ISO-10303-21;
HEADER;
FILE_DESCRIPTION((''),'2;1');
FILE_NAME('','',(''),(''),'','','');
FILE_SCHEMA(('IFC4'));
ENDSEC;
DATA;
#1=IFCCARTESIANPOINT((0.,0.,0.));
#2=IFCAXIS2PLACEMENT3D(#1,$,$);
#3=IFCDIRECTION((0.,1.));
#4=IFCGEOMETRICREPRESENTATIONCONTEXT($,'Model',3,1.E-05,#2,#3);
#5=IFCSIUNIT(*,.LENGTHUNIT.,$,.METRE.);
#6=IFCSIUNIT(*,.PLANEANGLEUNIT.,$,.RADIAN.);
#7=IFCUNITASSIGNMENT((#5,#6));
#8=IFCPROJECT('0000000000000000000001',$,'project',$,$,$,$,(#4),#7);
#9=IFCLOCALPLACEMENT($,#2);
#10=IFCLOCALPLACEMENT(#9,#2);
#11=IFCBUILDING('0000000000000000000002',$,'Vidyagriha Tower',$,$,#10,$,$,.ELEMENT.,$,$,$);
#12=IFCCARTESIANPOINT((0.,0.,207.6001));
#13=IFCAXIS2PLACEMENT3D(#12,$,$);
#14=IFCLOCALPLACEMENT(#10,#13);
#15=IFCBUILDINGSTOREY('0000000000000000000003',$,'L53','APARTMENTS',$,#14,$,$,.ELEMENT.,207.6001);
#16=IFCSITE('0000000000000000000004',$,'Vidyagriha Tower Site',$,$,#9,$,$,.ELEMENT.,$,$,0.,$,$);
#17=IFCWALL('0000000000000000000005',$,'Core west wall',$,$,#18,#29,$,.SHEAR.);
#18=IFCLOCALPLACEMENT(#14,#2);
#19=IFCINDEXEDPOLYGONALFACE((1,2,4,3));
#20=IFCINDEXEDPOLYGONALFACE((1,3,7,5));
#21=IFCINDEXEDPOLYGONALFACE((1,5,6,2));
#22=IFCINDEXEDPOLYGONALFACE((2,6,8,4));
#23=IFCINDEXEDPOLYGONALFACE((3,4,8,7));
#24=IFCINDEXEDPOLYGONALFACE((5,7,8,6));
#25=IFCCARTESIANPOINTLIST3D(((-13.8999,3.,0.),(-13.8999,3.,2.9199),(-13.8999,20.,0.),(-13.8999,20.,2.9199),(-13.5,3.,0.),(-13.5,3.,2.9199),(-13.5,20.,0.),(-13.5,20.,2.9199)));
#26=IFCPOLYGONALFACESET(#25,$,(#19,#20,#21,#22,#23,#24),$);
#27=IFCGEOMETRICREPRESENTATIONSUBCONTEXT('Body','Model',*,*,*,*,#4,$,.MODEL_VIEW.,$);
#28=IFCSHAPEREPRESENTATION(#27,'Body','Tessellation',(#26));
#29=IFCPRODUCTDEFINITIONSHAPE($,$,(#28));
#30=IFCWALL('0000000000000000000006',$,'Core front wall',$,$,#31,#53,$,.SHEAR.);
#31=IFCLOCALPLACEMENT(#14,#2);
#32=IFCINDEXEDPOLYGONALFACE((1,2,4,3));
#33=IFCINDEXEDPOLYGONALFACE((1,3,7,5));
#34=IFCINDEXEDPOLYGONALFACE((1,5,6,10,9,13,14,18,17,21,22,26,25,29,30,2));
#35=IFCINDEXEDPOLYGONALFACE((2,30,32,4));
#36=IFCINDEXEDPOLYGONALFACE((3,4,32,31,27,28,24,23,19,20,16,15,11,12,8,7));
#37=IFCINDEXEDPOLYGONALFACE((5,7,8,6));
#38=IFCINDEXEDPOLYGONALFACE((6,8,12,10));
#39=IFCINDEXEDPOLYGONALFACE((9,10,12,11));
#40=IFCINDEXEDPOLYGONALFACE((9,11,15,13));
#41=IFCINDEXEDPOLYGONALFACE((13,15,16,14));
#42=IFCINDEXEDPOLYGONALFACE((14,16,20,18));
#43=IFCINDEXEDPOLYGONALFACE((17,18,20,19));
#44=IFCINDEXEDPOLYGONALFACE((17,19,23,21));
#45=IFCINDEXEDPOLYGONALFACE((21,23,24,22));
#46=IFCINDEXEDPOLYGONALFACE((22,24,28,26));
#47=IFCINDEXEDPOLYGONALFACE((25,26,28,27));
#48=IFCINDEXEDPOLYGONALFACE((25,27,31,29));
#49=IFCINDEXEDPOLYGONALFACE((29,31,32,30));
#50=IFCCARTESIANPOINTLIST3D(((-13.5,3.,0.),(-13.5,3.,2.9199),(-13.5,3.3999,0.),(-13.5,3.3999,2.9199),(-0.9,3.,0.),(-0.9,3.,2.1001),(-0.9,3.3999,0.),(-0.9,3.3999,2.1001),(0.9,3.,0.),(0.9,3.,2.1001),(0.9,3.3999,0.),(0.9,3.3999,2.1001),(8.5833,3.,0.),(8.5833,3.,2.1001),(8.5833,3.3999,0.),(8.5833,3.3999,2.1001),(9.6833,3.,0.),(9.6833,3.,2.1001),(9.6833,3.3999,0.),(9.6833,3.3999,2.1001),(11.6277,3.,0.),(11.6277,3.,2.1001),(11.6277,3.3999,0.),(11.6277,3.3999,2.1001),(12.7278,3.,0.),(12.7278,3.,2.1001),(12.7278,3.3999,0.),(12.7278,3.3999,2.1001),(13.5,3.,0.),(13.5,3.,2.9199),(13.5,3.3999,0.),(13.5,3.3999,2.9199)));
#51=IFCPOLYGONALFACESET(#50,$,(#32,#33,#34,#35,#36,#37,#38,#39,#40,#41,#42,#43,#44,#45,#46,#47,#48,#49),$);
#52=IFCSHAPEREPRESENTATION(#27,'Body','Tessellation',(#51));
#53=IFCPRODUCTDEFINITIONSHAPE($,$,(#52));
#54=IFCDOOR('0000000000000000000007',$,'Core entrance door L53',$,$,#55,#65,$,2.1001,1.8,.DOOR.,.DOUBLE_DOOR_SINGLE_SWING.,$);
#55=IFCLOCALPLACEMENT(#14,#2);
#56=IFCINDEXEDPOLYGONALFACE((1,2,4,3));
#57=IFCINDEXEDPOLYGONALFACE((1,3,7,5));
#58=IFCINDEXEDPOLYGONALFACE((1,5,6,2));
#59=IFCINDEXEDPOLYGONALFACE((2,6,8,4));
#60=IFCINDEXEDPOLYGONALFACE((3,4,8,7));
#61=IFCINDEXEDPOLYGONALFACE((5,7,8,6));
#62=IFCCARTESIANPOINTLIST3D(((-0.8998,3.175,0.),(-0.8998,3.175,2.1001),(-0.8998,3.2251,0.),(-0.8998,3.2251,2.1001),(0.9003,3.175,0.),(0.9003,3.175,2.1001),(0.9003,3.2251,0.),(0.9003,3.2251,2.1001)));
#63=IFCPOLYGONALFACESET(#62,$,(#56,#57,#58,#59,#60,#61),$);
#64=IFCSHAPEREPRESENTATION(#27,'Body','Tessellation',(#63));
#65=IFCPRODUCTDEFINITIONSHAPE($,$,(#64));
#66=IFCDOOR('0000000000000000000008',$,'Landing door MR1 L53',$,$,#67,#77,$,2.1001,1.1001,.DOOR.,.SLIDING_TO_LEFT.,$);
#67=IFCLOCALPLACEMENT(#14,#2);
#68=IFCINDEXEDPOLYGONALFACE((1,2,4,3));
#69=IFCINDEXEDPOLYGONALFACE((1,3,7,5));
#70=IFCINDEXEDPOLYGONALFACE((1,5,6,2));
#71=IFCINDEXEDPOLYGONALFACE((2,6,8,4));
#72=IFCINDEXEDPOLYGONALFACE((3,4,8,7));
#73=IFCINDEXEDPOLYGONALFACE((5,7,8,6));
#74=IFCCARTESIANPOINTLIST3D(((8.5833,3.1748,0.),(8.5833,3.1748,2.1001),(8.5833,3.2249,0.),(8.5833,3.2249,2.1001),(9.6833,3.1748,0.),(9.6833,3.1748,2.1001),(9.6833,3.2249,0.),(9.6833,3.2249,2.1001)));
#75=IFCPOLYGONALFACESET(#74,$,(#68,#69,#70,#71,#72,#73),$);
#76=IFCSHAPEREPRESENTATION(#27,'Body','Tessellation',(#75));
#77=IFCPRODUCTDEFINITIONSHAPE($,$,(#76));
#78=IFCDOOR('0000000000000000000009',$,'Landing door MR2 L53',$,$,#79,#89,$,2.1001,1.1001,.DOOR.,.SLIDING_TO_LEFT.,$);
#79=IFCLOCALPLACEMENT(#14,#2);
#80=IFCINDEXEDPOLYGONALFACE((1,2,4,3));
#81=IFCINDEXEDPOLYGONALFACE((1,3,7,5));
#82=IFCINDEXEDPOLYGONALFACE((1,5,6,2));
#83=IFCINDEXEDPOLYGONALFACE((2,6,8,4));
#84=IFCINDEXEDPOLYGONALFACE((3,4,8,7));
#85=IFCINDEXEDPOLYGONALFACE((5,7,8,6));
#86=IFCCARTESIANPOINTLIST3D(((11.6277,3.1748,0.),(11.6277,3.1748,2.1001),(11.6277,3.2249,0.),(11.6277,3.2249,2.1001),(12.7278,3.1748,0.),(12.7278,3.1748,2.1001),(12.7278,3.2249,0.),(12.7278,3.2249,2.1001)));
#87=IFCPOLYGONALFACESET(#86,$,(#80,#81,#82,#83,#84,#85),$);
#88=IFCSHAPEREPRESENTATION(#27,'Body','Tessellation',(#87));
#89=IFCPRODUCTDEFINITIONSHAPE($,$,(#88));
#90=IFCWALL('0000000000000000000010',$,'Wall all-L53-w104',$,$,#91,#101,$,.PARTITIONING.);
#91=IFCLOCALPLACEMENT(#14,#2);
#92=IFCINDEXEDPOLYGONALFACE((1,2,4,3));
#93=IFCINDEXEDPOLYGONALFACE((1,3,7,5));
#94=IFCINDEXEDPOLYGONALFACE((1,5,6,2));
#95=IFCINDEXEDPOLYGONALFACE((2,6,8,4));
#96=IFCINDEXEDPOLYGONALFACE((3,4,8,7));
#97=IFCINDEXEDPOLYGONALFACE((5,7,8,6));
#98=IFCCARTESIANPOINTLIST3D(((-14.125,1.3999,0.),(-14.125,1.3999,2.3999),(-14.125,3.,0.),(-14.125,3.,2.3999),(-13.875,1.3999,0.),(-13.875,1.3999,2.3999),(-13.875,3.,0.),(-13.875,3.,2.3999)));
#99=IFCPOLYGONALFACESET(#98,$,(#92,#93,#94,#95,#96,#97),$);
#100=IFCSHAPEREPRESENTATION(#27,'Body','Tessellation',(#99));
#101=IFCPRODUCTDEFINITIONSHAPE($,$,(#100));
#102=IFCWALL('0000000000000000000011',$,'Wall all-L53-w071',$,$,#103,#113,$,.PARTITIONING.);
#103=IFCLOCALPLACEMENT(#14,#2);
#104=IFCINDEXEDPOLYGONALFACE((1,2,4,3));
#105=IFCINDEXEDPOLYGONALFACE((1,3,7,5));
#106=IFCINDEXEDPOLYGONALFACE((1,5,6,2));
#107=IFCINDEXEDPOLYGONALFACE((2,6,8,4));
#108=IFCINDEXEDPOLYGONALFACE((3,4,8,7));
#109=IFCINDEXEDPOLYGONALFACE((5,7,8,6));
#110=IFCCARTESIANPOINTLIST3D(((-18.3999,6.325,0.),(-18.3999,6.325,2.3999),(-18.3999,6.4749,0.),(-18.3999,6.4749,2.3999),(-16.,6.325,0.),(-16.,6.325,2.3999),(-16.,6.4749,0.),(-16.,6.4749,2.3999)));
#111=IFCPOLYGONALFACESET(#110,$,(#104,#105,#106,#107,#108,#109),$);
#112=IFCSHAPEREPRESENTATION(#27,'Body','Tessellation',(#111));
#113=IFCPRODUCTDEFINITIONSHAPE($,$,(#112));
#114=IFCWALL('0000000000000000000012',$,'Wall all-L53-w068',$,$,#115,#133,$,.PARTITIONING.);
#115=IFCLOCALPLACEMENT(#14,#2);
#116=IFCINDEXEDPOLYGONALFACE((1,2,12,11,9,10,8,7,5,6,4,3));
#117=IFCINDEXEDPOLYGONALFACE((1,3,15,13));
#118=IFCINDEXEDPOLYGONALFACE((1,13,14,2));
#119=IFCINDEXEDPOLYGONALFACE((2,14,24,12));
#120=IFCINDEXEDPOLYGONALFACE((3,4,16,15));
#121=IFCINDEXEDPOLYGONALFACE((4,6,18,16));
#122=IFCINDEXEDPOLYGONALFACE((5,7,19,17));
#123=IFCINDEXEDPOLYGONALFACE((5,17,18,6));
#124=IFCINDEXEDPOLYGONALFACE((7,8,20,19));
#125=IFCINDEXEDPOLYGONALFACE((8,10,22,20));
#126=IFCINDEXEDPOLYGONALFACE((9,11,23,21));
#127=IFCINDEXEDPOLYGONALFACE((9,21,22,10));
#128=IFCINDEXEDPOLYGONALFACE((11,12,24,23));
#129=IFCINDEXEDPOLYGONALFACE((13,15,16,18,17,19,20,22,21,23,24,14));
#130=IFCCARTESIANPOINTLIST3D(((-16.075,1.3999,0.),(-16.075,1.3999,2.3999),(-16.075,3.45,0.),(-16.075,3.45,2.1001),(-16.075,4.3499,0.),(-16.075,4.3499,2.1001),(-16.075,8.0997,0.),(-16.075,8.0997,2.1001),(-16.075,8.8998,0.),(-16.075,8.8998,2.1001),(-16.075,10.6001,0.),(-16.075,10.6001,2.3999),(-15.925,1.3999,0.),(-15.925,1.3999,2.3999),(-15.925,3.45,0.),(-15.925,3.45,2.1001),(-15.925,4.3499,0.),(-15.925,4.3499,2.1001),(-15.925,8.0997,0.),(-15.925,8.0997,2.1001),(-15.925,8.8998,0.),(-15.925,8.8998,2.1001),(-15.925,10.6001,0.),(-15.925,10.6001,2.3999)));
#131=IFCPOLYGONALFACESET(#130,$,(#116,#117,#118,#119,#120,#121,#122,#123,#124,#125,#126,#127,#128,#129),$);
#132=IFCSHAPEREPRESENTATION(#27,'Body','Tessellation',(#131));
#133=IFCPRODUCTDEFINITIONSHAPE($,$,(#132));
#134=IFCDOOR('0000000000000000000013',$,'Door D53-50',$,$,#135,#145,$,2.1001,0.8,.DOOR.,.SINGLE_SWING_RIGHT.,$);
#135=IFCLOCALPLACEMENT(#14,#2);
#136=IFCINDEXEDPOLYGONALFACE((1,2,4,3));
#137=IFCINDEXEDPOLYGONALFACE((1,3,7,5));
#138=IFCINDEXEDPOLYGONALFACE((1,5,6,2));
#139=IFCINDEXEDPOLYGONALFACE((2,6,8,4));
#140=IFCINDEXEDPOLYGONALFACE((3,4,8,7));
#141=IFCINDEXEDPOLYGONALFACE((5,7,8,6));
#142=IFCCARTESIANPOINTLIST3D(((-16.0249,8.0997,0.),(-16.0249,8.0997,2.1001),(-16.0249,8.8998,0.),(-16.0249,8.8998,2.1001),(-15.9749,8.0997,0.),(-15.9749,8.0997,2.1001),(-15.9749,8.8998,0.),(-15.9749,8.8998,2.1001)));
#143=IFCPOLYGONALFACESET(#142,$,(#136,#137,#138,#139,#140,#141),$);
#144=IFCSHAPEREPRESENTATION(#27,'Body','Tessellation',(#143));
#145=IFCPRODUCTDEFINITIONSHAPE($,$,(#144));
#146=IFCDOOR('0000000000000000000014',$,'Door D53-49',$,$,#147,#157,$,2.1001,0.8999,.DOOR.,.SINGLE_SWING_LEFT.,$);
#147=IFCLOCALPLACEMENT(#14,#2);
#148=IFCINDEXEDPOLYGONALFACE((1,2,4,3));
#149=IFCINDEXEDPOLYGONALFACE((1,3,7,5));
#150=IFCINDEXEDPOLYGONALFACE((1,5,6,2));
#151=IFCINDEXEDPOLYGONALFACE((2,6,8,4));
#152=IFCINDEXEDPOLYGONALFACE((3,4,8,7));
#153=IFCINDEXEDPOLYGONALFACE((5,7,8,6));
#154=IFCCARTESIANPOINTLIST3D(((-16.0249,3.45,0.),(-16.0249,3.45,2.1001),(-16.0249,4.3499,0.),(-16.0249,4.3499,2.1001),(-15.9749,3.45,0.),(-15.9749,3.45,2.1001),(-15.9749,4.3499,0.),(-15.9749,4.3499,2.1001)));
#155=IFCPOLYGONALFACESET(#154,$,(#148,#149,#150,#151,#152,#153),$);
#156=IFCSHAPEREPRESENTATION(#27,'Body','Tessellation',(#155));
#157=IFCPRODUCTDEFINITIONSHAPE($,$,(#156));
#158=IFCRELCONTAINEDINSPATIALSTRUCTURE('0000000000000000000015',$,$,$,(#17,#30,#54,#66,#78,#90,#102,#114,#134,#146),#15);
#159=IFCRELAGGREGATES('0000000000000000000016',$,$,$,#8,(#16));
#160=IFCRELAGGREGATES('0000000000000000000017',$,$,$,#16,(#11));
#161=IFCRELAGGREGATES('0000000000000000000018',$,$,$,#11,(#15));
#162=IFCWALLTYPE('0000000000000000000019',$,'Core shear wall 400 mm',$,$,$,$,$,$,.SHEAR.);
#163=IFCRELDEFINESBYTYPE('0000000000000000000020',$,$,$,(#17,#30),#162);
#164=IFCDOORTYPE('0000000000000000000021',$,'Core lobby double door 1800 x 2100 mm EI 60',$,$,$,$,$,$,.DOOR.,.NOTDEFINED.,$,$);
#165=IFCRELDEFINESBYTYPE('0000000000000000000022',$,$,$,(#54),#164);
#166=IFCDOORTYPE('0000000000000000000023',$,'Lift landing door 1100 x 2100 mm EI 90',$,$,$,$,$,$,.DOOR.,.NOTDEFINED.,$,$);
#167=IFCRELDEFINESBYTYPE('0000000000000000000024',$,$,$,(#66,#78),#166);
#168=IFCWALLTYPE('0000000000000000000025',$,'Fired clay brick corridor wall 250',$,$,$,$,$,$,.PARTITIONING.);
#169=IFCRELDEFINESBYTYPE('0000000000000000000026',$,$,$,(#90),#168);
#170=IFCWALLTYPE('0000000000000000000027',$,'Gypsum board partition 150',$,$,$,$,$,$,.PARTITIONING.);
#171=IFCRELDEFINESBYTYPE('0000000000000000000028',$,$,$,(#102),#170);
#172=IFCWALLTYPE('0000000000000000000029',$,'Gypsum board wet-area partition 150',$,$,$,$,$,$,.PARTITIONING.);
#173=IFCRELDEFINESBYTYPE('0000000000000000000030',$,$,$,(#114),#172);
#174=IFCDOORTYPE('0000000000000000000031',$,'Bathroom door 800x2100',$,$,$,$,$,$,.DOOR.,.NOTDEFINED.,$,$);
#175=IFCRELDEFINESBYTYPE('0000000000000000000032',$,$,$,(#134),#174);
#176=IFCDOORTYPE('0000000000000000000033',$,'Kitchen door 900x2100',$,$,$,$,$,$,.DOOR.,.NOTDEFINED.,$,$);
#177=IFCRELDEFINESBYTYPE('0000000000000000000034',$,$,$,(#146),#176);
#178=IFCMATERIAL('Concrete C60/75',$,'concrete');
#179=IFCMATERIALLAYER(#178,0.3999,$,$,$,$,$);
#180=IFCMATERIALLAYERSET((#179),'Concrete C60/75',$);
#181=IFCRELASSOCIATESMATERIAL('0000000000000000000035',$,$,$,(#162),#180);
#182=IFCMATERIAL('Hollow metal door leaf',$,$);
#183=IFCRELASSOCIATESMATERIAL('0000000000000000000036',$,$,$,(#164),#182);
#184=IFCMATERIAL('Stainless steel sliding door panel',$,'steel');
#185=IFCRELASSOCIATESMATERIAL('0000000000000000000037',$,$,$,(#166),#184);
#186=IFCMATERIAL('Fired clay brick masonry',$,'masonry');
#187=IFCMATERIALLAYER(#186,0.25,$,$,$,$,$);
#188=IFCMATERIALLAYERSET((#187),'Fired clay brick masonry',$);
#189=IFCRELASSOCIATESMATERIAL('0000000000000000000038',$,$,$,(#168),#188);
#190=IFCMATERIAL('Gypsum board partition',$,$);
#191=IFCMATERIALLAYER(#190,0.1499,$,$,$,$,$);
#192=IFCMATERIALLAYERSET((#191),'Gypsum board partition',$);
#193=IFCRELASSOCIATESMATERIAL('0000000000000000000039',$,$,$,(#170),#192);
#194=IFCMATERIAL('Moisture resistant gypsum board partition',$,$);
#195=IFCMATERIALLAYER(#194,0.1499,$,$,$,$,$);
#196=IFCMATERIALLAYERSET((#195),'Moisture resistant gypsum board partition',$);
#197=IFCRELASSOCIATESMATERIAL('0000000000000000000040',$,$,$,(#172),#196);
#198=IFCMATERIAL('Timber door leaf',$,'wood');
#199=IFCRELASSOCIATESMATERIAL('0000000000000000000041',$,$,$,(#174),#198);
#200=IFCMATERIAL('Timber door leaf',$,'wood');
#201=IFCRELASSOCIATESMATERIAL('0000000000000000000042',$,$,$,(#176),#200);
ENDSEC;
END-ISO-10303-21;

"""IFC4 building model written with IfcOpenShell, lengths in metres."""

from ifc_helpers import new_model, si_unit, direction, frame, frame_2d, origin, place, context, subcontext, project, spatial, rectangle, extrude, material, layer, layer_set, type_object, element, fill, save


model = new_model("IFC4")

# Units and contexts
model_context = context("Model", 3, precision=1e-05, world=origin(), true_north=direction((0.0, 1.0)))
body_context = subcontext(model_context, "Body", "Model", "MODEL_VIEW")
ifc_project = project(units=[si_unit("LENGTHUNIT", "METRE"), si_unit("PLANEANGLEUNIT", "RADIAN")], contexts=[model_context])

# Site, building, storey
site_placement = place(None, origin())
site = spatial("IfcSite", under=ifc_project, at=site_placement, Name="Vidyagriha Tower Site", CompositionType="ELEMENT", RefElevation=0.0)
building_placement = place(site_placement, origin())
building = spatial("IfcBuilding", under=site, at=building_placement, Name="Vidyagriha Tower", CompositionType="ELEMENT")
storey_placement = place(building_placement, frame((0.0, 0.0, 207.6001)))
storey = spatial("IfcBuildingStorey", under=building, at=storey_placement, Name="L53", Description="APARTMENTS", CompositionType="ELEMENT", Elevation=207.6001)

# Wall
ifc_material_1 = material(Name="Concrete C60/75", Category="concrete")
ifc_layer_1 = layer(ifc_material_1, 0.3999)
ifc_layer_set_1 = layer_set([ifc_layer_1], Name="Concrete C60/75")
wall_type_1 = type_object("IfcWallType", Name="Core shear wall 400 mm", PredefinedType="SHEAR", material=ifc_layer_set_1)
wall_1_placement = place(storey_placement, frame((-13.7, 3.0, 0.0), z_axis=(0.0, 0.0, 1.0), x_axis=(0.0, 1.0, 0.0)))
element("IfcWall", 1, at=wall_1_placement, inside=storey, type_object=wall_type_1, Name="Core west wall", PredefinedType="SHEAR", context=body_context, shape_type="SweptSolid", body=[
    extrude(rectangle(XDim=17.0, YDim=0.3999, at=frame_2d((8.5, 0.0))), origin(), (0.0, 0.0, 1.0), 2.9199),
])

# Wall, openings, doors
wall_2_placement = place(storey_placement, frame((-13.5, 3.2, 0.0)))
wall_2 = element("IfcWall", 2, at=wall_2_placement, inside=storey, type_object=wall_type_1, Name="Core front wall", PredefinedType="SHEAR", context=body_context, shape_type="SweptSolid", body=[
    extrude(rectangle(XDim=27.0, YDim=0.3999, at=frame_2d((13.5, 0.0))), origin(), (0.0, 0.0, 1.0), 2.9199),
])
opening_1_placement = place(wall_2_placement, frame((22.0833, 0.0, 0.0)))
opening_1 = element("IfcOpeningElement", 3, at=opening_1_placement, cuts=wall_2, PredefinedType="OPENING", context=body_context, shape_type="SweptSolid", body=[
    extrude(rectangle(XDim=1.1001, YDim=2.1001, at=frame_2d((0.55, 1.05))), frame((0.0, 0.21, 0.0), z_axis=(0.0, -1.0, 0.0), x_axis=(1.0, 0.0, 0.0)), (0.0, 0.0, 1.0), 0.4199),
])
opening_2_placement = place(wall_2_placement, frame((25.1277, 0.0, 0.0)))
opening_2 = element("IfcOpeningElement", 4, at=opening_2_placement, cuts=wall_2, PredefinedType="OPENING", context=body_context, shape_type="SweptSolid", body=[
    extrude(rectangle(XDim=1.1001, YDim=2.1001, at=frame_2d((0.55, 1.05))), frame((0.0, 0.21, 0.0), z_axis=(0.0, -1.0, 0.0), x_axis=(1.0, 0.0, 0.0)), (0.0, 0.0, 1.0), 0.4199),
])
opening_3_placement = place(wall_2_placement, frame((12.6001, 0.0, 0.0)))
opening_3 = element("IfcOpeningElement", 5, at=opening_3_placement, cuts=wall_2, PredefinedType="OPENING", context=body_context, shape_type="SweptSolid", body=[
    extrude(rectangle(XDim=1.8, YDim=2.1001, at=frame_2d((0.8999, 1.05))), frame((0.0, 0.21, 0.0), z_axis=(0.0, -1.0, 0.0), x_axis=(1.0, 0.0, 0.0)), (0.0, 0.0, 1.0), 0.4199),
])
ifc_material_2 = material(Name="Hollow metal door leaf")
door_type_1 = type_object("IfcDoorType", Name="Core lobby double door 1800 x 2100 mm EI 60", OperationType="NOTDEFINED", PredefinedType="DOOR", material=ifc_material_2)
door_1_placement = place(opening_3_placement, frame((1.8, 0.0, 0.0), z_axis=(0.0, 0.0, 1.0), x_axis=(-1.0, 0.0, 0.0)))
door_1 = element("IfcDoor", 6, at=door_1_placement, inside=storey, type_object=door_type_1, Name="Core entrance door L53", OperationType="DOUBLE_DOOR_SINGLE_SWING", OverallHeight=2.1001, OverallWidth=1.8, PredefinedType="DOOR", context=body_context, shape_type="SweptSolid", body=[
    extrude(rectangle(XDim=1.8, YDim=2.1001, at=frame_2d((0.8999, 1.05))), frame((0.0, 0.0249, 0.0), z_axis=(0.0, -1.0, 0.0), x_axis=(1.0, 0.0, 0.0)), (0.0, 0.0, 1.0), 0.05),
])
fill(opening_3, door_1)
ifc_material_3 = material(Name="Stainless steel sliding door panel", Category="steel")
door_type_2 = type_object("IfcDoorType", Name="Lift landing door 1100 x 2100 mm EI 90", OperationType="NOTDEFINED", PredefinedType="DOOR", material=ifc_material_3)
door_2_placement = place(opening_1_placement, origin())
door_2 = element("IfcDoor", 7, at=door_2_placement, inside=storey, type_object=door_type_2, Name="Landing door MR1 L53", OperationType="SLIDING_TO_LEFT", OverallHeight=2.1001, OverallWidth=1.1001, PredefinedType="DOOR", context=body_context, shape_type="SweptSolid", body=[
    extrude(rectangle(XDim=1.1001, YDim=2.1001, at=frame_2d((0.55, 1.05))), frame((0.0, 0.0249, 0.0), z_axis=(0.0, -1.0, 0.0), x_axis=(1.0, 0.0, 0.0)), (0.0, 0.0, 1.0), 0.05),
])
fill(opening_1, door_2)
door_3_placement = place(opening_2_placement, origin())
door_3 = element("IfcDoor", 8, at=door_3_placement, inside=storey, type_object=door_type_2, Name="Landing door MR2 L53", OperationType="SLIDING_TO_LEFT", OverallHeight=2.1001, OverallWidth=1.1001, PredefinedType="DOOR", context=body_context, shape_type="SweptSolid", body=[
    extrude(rectangle(XDim=1.1001, YDim=2.1001, at=frame_2d((0.55, 1.05))), frame((0.0, 0.0249, 0.0), z_axis=(0.0, -1.0, 0.0), x_axis=(1.0, 0.0, 0.0)), (0.0, 0.0, 1.0), 0.05),
])
fill(opening_2, door_3)

# Walls
ifc_material_4 = material(Name="Fired clay brick masonry", Category="masonry")
ifc_layer_2 = layer(ifc_material_4, 0.25)
ifc_layer_set_2 = layer_set([ifc_layer_2], Name="Fired clay brick masonry")
wall_type_2 = type_object("IfcWallType", Name="Fired clay brick corridor wall 250", PredefinedType="PARTITIONING", material=ifc_layer_set_2)
wall_3_placement = place(storey_placement, frame((-14.0, 3.0, 0.0), z_axis=(0.0, 0.0, 1.0), x_axis=(0.0, -1.0, 0.0)))
element("IfcWall", 9, at=wall_3_placement, inside=storey, type_object=wall_type_2, Name="Wall all-L53-w104", PredefinedType="PARTITIONING", context=body_context, shape_type="SweptSolid", body=[
    extrude(rectangle(XDim=1.6001, YDim=0.25, at=frame_2d((0.8, 0.0))), origin(), (0.0, 0.0, 1.0), 2.3999),
])
ifc_material_5 = material(Name="Gypsum board partition")
ifc_layer_3 = layer(ifc_material_5, 0.1499)
ifc_layer_set_3 = layer_set([ifc_layer_3], Name="Gypsum board partition")
wall_type_3 = type_object("IfcWallType", Name="Gypsum board partition 150", PredefinedType="PARTITIONING", material=ifc_layer_set_3)
wall_4_placement = place(storey_placement, frame((-18.3999, 6.3999, 0.0)))
element("IfcWall", 10, at=wall_4_placement, inside=storey, type_object=wall_type_3, Name="Wall all-L53-w071", PredefinedType="PARTITIONING", context=body_context, shape_type="SweptSolid", body=[
    extrude(rectangle(XDim=2.3999, YDim=0.1499, at=frame_2d((1.2, 0.0))), origin(), (0.0, 0.0, 1.0), 2.3999),
])

# Wall, openings, doors
ifc_material_6 = material(Name="Moisture resistant gypsum board partition")
ifc_layer_4 = layer(ifc_material_6, 0.1499)
ifc_layer_set_4 = layer_set([ifc_layer_4], Name="Moisture resistant gypsum board partition")
wall_type_4 = type_object("IfcWallType", Name="Gypsum board wet-area partition 150", PredefinedType="PARTITIONING", material=ifc_layer_set_4)
wall_5_placement = place(storey_placement, frame((-16.0, 1.3999, 0.0), z_axis=(0.0, 0.0, 1.0), x_axis=(0.0, 1.0, 0.0)))
wall_5 = element("IfcWall", 11, at=wall_5_placement, inside=storey, type_object=wall_type_4, Name="Wall all-L53-w068", PredefinedType="PARTITIONING", context=body_context, shape_type="SweptSolid", body=[
    extrude(rectangle(XDim=9.2002, YDim=0.1499, at=frame_2d((4.6001, 0.0))), origin(), (0.0, 0.0, 1.0), 2.3999),
])
opening_4_placement = place(wall_5_placement, frame((2.05, 0.0, 0.0)))
opening_4 = element("IfcOpeningElement", 12, at=opening_4_placement, cuts=wall_5, PredefinedType="OPENING", context=body_context, shape_type="SweptSolid", body=[
    extrude(rectangle(XDim=0.8999, YDim=2.1001, at=frame_2d((0.45, 1.05))), frame((0.0, 0.085, 0.0), z_axis=(0.0, -1.0, 0.0), x_axis=(1.0, 0.0, 0.0)), (0.0, 0.0, 1.0), 0.1699),
])
opening_5_placement = place(wall_5_placement, frame((6.7, 0.0, 0.0)))
opening_5 = element("IfcOpeningElement", 13, at=opening_5_placement, cuts=wall_5, PredefinedType="OPENING", context=body_context, shape_type="SweptSolid", body=[
    extrude(rectangle(XDim=0.8, YDim=2.1001, at=frame_2d((0.3999, 1.05))), frame((0.0, 0.085, 0.0), z_axis=(0.0, -1.0, 0.0), x_axis=(1.0, 0.0, 0.0)), (0.0, 0.0, 1.0), 0.1699),
])
ifc_material_7 = material(Name="Timber door leaf", Category="wood")
door_type_3 = type_object("IfcDoorType", Name="Bathroom door 800x2100", OperationType="NOTDEFINED", PredefinedType="DOOR", material=ifc_material_7)
door_4_placement = place(opening_5_placement, origin())
door_4 = element("IfcDoor", 14, at=door_4_placement, inside=storey, type_object=door_type_3, Name="Door D53-50", OperationType="SINGLE_SWING_RIGHT", OverallHeight=2.1001, OverallWidth=0.8, PredefinedType="DOOR", context=body_context, shape_type="SweptSolid", body=[
    extrude(rectangle(XDim=0.8, YDim=2.1001, at=frame_2d((0.3999, 1.05))), frame((0.0, 0.0249, 0.0), z_axis=(0.0, -1.0, 0.0), x_axis=(1.0, 0.0, 0.0)), (0.0, 0.0, 1.0), 0.05),
])
fill(opening_5, door_4)
ifc_material_8 = material(Name="Timber door leaf", Category="wood")
door_type_4 = type_object("IfcDoorType", Name="Kitchen door 900x2100", OperationType="NOTDEFINED", PredefinedType="DOOR", material=ifc_material_8)
door_5_placement = place(opening_4_placement, origin())
door_5 = element("IfcDoor", 15, at=door_5_placement, inside=storey, type_object=door_type_4, Name="Door D53-49", OperationType="SINGLE_SWING_LEFT", OverallHeight=2.1001, OverallWidth=0.8999, PredefinedType="DOOR", context=body_context, shape_type="SweptSolid", body=[
    extrude(rectangle(XDim=0.8999, YDim=2.1001, at=frame_2d((0.45, 1.05))), frame((0.0, 0.0249, 0.0), z_axis=(0.0, -1.0, 0.0), x_axis=(1.0, 0.0, 0.0)), (0.0, 0.0, 1.0), 0.05),
])
fill(opening_4, door_5)

save(model, "model.ifc")
